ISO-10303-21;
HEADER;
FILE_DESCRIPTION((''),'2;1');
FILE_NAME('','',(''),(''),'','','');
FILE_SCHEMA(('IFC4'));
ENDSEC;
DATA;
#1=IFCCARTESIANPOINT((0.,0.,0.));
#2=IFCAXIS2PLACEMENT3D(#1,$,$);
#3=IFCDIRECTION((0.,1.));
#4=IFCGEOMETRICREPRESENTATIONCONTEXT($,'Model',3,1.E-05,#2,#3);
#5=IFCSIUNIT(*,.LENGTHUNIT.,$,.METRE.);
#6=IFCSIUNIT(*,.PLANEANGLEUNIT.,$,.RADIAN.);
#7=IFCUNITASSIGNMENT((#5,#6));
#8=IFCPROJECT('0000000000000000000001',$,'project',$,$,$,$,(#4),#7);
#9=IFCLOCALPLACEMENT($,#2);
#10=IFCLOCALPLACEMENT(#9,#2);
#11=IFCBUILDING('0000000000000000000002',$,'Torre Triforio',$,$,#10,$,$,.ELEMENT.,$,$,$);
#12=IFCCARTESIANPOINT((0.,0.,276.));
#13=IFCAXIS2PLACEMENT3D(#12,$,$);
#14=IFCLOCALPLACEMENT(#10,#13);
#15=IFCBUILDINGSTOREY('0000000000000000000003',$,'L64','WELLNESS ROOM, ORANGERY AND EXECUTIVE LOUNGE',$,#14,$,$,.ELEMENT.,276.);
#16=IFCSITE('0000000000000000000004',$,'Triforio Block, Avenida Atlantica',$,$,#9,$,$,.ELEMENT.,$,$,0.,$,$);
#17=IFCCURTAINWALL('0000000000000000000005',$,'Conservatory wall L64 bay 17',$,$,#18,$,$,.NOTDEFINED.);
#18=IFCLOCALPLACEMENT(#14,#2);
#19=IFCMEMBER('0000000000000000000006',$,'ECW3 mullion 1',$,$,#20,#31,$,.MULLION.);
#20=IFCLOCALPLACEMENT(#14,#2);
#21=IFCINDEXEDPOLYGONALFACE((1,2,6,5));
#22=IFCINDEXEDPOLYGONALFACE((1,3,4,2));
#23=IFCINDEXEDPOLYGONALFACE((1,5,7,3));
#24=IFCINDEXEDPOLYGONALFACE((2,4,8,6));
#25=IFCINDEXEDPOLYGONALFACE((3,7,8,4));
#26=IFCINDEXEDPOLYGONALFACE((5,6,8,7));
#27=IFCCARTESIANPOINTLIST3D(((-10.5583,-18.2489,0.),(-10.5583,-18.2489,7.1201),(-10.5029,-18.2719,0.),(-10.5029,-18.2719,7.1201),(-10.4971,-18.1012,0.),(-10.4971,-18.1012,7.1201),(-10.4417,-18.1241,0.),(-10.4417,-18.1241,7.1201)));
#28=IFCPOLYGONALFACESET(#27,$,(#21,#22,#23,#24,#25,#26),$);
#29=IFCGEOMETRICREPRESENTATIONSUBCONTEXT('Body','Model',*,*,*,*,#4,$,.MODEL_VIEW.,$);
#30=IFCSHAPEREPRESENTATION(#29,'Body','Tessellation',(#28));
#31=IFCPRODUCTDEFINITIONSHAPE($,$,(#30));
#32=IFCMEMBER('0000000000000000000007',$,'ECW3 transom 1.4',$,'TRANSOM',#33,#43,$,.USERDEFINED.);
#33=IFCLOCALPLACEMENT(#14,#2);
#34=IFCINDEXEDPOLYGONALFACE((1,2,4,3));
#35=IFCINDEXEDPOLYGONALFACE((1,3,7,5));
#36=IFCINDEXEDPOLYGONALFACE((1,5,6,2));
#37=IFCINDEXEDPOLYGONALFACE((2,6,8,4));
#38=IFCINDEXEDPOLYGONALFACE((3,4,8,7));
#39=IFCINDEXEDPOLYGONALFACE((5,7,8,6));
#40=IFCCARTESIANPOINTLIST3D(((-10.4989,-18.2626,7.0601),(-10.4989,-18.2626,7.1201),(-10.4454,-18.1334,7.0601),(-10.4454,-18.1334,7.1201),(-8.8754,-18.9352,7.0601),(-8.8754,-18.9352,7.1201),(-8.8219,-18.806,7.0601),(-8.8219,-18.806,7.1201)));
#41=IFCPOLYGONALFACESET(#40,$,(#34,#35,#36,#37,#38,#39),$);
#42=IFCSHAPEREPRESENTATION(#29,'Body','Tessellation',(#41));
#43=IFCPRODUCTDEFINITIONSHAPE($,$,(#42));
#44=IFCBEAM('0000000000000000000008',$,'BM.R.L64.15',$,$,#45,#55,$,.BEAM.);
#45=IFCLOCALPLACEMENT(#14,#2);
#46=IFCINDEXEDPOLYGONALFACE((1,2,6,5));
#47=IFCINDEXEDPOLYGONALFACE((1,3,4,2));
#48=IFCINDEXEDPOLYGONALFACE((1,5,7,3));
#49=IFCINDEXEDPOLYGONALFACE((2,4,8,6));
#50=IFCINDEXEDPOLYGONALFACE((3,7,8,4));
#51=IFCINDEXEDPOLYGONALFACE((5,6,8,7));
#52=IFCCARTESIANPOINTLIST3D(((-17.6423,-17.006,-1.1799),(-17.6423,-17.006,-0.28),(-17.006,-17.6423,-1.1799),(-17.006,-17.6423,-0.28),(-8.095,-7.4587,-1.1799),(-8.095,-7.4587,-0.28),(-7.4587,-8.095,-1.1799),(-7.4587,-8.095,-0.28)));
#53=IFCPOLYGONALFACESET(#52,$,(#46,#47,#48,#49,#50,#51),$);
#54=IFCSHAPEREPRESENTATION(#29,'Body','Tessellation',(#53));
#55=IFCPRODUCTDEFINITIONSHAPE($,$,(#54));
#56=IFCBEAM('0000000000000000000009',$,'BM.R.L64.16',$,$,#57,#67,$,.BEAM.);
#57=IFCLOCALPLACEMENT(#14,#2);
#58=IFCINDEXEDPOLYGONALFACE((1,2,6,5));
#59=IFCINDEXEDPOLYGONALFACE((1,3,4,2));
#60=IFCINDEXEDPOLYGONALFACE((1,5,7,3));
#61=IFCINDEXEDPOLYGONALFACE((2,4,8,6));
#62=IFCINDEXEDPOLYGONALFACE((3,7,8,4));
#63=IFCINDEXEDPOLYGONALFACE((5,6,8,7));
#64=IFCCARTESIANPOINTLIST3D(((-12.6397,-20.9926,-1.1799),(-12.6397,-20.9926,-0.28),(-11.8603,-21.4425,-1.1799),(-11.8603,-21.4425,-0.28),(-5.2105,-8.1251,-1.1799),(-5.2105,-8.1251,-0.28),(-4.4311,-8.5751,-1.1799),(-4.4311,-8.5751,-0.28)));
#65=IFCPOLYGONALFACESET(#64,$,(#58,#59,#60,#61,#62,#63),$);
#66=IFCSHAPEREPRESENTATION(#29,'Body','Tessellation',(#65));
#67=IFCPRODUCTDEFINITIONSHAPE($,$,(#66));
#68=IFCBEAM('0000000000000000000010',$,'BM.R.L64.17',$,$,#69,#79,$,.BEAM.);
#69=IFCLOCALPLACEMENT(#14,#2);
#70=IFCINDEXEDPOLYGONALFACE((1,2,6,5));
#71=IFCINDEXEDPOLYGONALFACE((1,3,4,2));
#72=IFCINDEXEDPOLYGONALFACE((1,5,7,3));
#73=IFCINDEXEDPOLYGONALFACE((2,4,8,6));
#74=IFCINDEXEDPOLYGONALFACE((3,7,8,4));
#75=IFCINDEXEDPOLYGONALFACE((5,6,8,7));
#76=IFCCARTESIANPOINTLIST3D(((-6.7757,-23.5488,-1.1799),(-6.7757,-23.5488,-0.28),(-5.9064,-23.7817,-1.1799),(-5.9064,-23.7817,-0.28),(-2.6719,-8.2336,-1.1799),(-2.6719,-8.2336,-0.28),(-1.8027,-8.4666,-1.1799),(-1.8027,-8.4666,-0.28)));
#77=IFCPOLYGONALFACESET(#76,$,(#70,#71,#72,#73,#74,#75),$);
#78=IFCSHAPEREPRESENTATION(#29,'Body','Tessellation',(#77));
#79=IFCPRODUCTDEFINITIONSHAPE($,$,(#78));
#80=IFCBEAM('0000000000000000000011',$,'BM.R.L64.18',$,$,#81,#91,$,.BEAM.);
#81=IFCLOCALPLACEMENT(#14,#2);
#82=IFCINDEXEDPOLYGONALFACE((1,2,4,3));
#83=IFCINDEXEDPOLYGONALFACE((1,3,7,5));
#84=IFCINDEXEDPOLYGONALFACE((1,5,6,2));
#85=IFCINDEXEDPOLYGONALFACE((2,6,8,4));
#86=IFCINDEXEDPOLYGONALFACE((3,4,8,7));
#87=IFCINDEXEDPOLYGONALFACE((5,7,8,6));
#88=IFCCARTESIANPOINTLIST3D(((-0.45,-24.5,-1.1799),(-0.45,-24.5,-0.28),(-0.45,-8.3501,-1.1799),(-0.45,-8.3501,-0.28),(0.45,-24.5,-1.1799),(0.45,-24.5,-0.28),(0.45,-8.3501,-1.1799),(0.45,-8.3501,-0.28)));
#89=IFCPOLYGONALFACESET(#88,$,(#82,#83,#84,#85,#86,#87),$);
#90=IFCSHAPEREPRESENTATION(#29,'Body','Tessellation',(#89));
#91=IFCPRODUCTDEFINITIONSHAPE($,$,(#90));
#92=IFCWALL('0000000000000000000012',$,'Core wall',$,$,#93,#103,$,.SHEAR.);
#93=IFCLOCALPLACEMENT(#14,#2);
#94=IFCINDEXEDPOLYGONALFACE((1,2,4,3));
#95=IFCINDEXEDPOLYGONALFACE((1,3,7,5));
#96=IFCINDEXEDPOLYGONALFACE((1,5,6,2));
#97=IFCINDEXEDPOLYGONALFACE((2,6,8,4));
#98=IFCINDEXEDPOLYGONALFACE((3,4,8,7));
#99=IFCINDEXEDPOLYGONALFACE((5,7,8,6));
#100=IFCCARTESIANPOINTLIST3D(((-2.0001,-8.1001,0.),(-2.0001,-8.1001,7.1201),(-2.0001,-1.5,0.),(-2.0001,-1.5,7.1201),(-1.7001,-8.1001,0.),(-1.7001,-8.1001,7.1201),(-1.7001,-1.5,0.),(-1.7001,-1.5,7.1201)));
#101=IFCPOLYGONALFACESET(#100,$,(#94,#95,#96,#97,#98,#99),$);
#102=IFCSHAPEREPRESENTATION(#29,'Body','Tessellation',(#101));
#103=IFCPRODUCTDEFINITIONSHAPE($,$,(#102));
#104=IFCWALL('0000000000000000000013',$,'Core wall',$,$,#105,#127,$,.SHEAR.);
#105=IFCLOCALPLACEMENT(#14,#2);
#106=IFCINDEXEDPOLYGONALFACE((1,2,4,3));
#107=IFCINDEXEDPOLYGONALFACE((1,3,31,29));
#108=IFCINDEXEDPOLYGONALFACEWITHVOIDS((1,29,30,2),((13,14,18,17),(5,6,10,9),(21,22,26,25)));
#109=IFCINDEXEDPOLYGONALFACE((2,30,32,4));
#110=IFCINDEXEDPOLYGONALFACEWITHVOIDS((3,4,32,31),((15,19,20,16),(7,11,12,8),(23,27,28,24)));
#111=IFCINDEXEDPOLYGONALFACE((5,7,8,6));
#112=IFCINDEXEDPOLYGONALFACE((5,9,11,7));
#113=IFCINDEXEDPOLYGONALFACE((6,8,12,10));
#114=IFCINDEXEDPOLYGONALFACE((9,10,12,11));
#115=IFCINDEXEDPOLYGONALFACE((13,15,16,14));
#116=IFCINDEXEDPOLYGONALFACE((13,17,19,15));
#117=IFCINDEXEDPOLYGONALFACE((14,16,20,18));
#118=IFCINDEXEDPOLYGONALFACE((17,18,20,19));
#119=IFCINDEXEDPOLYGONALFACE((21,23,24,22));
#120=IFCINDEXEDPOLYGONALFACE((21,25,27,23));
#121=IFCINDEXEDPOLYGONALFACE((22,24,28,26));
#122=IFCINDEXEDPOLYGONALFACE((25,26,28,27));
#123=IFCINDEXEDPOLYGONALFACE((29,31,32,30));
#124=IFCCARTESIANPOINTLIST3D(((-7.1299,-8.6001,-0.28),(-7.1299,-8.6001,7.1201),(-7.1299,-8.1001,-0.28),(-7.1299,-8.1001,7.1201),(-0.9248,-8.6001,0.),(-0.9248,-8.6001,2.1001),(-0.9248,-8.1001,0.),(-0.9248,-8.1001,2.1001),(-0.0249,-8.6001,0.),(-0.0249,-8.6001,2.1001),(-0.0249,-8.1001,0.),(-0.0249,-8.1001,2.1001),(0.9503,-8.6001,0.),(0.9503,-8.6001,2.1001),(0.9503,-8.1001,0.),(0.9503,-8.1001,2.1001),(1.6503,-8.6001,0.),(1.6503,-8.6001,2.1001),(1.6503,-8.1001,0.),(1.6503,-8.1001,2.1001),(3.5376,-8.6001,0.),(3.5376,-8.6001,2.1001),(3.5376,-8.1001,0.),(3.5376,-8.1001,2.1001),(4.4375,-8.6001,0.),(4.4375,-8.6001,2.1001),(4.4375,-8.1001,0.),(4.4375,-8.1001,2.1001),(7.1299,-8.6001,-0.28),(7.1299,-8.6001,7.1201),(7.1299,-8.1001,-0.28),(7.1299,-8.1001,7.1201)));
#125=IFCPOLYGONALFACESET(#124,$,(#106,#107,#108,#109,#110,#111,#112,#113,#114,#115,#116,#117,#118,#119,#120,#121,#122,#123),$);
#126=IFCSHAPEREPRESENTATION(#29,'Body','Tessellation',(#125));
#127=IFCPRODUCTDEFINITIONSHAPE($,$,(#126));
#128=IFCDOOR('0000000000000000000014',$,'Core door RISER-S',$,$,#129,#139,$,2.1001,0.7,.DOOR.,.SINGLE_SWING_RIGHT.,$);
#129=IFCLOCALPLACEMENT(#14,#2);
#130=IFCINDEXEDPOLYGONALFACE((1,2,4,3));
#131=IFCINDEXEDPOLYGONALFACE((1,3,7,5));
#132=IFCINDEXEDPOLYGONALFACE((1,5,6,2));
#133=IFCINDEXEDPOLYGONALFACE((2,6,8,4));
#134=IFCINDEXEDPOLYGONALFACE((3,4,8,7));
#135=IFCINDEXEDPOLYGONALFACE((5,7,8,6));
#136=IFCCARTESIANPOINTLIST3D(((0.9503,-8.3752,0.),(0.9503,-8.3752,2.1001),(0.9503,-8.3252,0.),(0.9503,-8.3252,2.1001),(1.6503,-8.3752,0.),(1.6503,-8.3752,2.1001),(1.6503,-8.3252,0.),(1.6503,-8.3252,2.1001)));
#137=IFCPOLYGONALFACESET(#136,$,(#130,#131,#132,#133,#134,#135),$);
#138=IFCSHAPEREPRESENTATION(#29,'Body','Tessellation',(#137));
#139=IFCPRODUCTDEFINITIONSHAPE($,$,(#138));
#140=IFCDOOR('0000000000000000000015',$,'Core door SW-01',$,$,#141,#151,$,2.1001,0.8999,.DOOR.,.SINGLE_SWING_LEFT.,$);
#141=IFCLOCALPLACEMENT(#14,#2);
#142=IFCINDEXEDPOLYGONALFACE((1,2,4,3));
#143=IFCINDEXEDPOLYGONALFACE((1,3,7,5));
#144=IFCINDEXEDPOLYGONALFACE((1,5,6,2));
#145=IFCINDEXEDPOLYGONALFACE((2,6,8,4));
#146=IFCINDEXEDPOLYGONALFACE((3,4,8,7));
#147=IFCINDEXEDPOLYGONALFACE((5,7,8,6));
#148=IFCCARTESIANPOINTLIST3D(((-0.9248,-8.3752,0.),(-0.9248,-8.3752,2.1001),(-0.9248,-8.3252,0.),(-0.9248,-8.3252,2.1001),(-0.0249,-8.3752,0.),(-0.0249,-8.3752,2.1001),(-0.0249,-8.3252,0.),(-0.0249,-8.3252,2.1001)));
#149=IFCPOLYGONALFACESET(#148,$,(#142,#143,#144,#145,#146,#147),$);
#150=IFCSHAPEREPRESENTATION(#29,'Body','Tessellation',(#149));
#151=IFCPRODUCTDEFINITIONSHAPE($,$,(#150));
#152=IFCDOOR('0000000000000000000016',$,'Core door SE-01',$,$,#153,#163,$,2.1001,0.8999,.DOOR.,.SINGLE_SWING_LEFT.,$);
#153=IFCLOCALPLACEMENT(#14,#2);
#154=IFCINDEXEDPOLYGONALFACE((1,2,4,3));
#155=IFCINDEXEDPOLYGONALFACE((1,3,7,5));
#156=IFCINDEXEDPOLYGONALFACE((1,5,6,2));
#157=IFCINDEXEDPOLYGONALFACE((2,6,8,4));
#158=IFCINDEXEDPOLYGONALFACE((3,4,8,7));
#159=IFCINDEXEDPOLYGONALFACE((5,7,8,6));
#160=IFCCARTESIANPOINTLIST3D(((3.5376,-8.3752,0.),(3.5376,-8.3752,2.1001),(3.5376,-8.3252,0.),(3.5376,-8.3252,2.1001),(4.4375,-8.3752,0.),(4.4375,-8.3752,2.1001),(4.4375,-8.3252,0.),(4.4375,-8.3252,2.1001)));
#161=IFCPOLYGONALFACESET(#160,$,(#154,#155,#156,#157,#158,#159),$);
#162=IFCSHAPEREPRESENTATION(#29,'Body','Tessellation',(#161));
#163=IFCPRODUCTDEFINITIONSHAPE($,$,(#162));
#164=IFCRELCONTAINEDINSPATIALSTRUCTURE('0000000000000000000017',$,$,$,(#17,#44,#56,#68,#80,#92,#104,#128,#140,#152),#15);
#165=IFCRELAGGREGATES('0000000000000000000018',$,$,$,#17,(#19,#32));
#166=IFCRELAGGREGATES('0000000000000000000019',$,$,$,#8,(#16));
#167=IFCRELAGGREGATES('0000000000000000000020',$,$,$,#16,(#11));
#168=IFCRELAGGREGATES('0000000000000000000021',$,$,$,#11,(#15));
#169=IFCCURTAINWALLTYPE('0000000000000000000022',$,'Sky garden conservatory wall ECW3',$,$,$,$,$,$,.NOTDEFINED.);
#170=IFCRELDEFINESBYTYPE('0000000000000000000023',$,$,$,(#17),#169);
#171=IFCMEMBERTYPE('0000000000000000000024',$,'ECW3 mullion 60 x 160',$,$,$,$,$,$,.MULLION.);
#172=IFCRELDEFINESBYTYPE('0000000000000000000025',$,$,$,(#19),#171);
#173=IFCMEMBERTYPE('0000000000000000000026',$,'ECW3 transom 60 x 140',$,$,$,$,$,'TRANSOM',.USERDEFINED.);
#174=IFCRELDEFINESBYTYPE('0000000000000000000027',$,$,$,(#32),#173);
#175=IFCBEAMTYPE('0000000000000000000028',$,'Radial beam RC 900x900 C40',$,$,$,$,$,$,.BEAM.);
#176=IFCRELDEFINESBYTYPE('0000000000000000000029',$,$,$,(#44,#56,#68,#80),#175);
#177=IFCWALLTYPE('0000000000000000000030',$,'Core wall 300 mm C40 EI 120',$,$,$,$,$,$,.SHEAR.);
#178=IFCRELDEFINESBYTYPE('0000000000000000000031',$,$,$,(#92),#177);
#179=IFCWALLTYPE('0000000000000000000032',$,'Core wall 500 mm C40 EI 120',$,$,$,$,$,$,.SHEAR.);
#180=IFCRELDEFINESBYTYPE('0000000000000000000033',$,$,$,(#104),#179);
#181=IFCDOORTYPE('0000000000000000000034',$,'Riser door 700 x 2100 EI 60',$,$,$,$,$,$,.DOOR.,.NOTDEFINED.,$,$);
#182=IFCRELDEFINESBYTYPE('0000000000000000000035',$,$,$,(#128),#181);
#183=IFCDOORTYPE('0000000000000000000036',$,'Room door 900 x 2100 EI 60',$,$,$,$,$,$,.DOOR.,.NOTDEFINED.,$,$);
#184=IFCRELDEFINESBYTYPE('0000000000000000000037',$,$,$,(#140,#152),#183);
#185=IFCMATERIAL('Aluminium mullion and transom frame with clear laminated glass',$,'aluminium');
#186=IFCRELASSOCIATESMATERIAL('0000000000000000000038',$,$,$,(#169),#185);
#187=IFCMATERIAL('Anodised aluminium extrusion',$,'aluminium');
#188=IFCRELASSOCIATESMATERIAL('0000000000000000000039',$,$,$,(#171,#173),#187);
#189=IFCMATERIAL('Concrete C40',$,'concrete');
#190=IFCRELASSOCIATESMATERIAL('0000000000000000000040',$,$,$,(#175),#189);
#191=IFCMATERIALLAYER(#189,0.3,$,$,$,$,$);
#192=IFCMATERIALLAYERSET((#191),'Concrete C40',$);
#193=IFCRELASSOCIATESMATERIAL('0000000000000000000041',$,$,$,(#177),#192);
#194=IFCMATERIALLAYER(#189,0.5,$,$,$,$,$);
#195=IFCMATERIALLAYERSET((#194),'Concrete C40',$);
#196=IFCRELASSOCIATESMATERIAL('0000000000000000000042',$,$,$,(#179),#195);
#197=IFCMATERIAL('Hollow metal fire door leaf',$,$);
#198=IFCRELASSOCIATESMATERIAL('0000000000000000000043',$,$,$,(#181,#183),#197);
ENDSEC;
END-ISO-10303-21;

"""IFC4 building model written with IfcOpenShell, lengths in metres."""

from ifc_helpers import new_model, si_unit, direction, frame, frame_2d, origin, origin_2d, place, context, subcontext, project, spatial, rectangle, extrude, material, layer, layer_set, material_profile, profile_set, type_object, element, fill, aggregate, save


model = new_model("IFC4")

# Units and contexts
model_context = context("Model", 3, precision=1e-05, world=origin(), true_north=direction((0.0, 1.0)))
body_context = subcontext(model_context, "Body", "Model", "MODEL_VIEW")
ifc_project = project(units=[si_unit("LENGTHUNIT", "METRE"), si_unit("PLANEANGLEUNIT", "RADIAN")], contexts=[model_context])

# Site, building, storey
site_placement = place(None, origin())
site = spatial("IfcSite", under=ifc_project, at=site_placement, Name="Triforio Block, Avenida Atlantica", CompositionType="ELEMENT", RefElevation=0.0)
building_placement = place(site_placement, origin())
building = spatial("IfcBuilding", under=site, at=building_placement, Name="Torre Triforio", CompositionType="ELEMENT")
storey_placement = place(building_placement, frame((0.0, 0.0, 276.0)))
storey = spatial("IfcBuildingStorey", under=building, at=storey_placement, Name="L64", Description="WELLNESS ROOM, ORANGERY AND EXECUTIVE LOUNGE", CompositionType="ELEMENT", Elevation=276.0)

# Curtain wall, members
ifc_material_1 = material(Name="Aluminium mullion and transom frame with clear laminated glass", Category="aluminium")
curtain_wall_type = type_object("IfcCurtainWallType", Name="Sky garden conservatory wall ECW3", PredefinedType="NOTDEFINED", material=ifc_material_1)
curtain_wall_placement = place(storey_placement, origin())
curtain_wall = element("IfcCurtainWall", 1, at=curtain_wall_placement, inside=storey, type_object=curtain_wall_type, Name="Conservatory wall L64 bay 17", PredefinedType="NOTDEFINED")
ifc_material_2 = material(Name="Anodised aluminium extrusion", Category="aluminium")
ifc_material_profile_1 = material_profile(ifc_material_2, rectangle(XDim=0.1599, YDim=0.0601, at=origin_2d()), Name="ECW3 MULLION 60x160")
ifc_profile_set_1 = profile_set([ifc_material_profile_1], Name="Anodised aluminium extrusion")
member_type_1 = type_object("IfcMemberType", Name="ECW3 mullion 60 x 160", PredefinedType="MULLION", material=ifc_profile_set_1)
member_1_placement = place(storey_placement, frame((-10.5, -18.1865, 0.0), z_axis=(0.0, 0.0, 1.0), x_axis=(0.382675, 0.923883, 0.0)))
member_1 = element("IfcMember", 2, at=member_1_placement, type_object=member_type_1, Name="ECW3 mullion 1", PredefinedType="MULLION", context=body_context, shape_type="SweptSolid", body=[
    extrude(rectangle(XDim=0.1599, YDim=0.0601, at=origin_2d()), origin(), (0.0, 0.0, 1.0), 7.1201),
])
ifc_material_profile_2 = material_profile(ifc_material_2, rectangle(XDim=0.1399, YDim=0.0601, at=origin_2d()), Name="ECW3 TRANSOM 60x140")
ifc_profile_set_2 = profile_set([ifc_material_profile_2], Name="Anodised aluminium extrusion")
member_type_2 = type_object("IfcMemberType", Name="ECW3 transom 60 x 140", ElementType="TRANSOM", PredefinedType="USERDEFINED", material=ifc_profile_set_2)
member_2_placement = place(storey_placement, frame((-10.4722, -18.198, 7.0901), z_axis=(0.923856, -0.38274, 0.0), x_axis=(0.38274, 0.923856, 0.0)))
member_2 = element("IfcMember", 3, at=member_2_placement, type_object=member_type_2, Name="ECW3 transom 1.4", ObjectType="TRANSOM", PredefinedType="USERDEFINED", context=body_context, shape_type="SweptSolid", body=[
    extrude(rectangle(XDim=0.1399, YDim=0.0601, at=origin_2d()), origin(), (0.0, 0.0, 1.0), 1.7573),
])
aggregate(curtain_wall, [member_1, member_2])

# Beams
ifc_material_3 = material(Name="Concrete C40", Category="concrete")
ifc_material_profile_3 = material_profile(ifc_material_3, rectangle(XDim=0.8999, YDim=0.8999, at=origin_2d()), Name="RC 900x900")
ifc_profile_set_3 = profile_set([ifc_material_profile_3], Name="Concrete C40")
beam_type = type_object("IfcBeamType", Name="Radial beam RC 900x900 C40", PredefinedType="BEAM", material=ifc_profile_set_3)
beam_1_placement = place(storey_placement, frame((-7.7769, -7.7769, -0.73), z_axis=(-0.707107, -0.707107, 0.0), x_axis=(0.707107, -0.707107, 0.0)))
element("IfcBeam", 4, at=beam_1_placement, inside=storey, type_object=beam_type, Name="BM.R.L64.15", PredefinedType="BEAM", context=body_context, shape_type="SweptSolid", body=[
    extrude(rectangle(XDim=0.8999, YDim=0.8999, at=origin_2d()), origin(), (0.0, 0.0, 1.0), 13.502),
])
beam_2_placement = place(storey_placement, frame((-4.8208, -8.3501, -0.73), z_axis=(-0.500009, -0.86602, 0.0), x_axis=(0.86602, -0.500009, 0.0)))
element("IfcBeam", 5, at=beam_2_placement, inside=storey, type_object=beam_type, Name="BM.R.L64.16", PredefinedType="BEAM", context=body_context, shape_type="SweptSolid", body=[
    extrude(rectangle(XDim=0.8999, YDim=0.8999, at=origin_2d()), origin(), (0.0, 0.0, 1.0), 14.8582),
])
beam_3_placement = place(storey_placement, frame((-2.2373, -8.3501, -0.73), z_axis=(-0.258823, -0.965925, 0.0), x_axis=(0.965925, -0.258823, 0.0)))
element("IfcBeam", 6, at=beam_3_placement, inside=storey, type_object=beam_type, Name="BM.R.L64.17", PredefinedType="BEAM", context=body_context, shape_type="SweptSolid", body=[
    extrude(rectangle(XDim=0.8999, YDim=0.8999, at=origin_2d()), origin(), (0.0, 0.0, 1.0), 15.8555),
])
beam_4_placement = place(storey_placement, frame((0.0, -8.3501, -0.73), z_axis=(0.0, -1.0, 0.0), x_axis=(1.0, 0.0, 0.0)))
element("IfcBeam", 7, at=beam_4_placement, inside=storey, type_object=beam_type, Name="BM.R.L64.18", PredefinedType="BEAM", context=body_context, shape_type="SweptSolid", body=[
    extrude(rectangle(XDim=0.8999, YDim=0.8999, at=origin_2d()), origin(), (0.0, 0.0, 1.0), 16.1499),
])

# Wall
ifc_layer_1 = layer(ifc_material_3, 0.3)
ifc_layer_set_1 = layer_set([ifc_layer_1], Name="Concrete C40")
wall_type_1 = type_object("IfcWallType", Name="Core wall 300 mm C40 EI 120", PredefinedType="SHEAR", material=ifc_layer_set_1)
wall_1_placement = place(storey_placement, frame((-1.8501, -8.1001, 0.0), z_axis=(0.0, 0.0, 1.0), x_axis=(0.0, 1.0, 0.0)))
element("IfcWall", 8, at=wall_1_placement, inside=storey, type_object=wall_type_1, Name="Core wall", PredefinedType="SHEAR", context=body_context, shape_type="SweptSolid", body=[
    extrude(rectangle(XDim=6.6001, YDim=0.3, at=frame_2d((3.3, 0.0))), origin(), (0.0, 0.0, 1.0), 7.1201),
])

# Wall, openings, doors
ifc_layer_2 = layer(ifc_material_3, 0.5)
ifc_layer_set_2 = layer_set([ifc_layer_2], Name="Concrete C40")
wall_type_2 = type_object("IfcWallType", Name="Core wall 500 mm C40 EI 120", PredefinedType="SHEAR", material=ifc_layer_set_2)
wall_2_placement = place(storey_placement, frame((-7.1299, -8.3501, -0.28), z_axis=(0.0, 0.0, 1.0), x_axis=(1.0, 0.0, 0.0)))
wall_2 = element("IfcWall", 9, at=wall_2_placement, inside=storey, type_object=wall_type_2, Name="Core wall", PredefinedType="SHEAR", context=body_context, shape_type="SweptSolid", body=[
    extrude(rectangle(XDim=14.2598, YDim=0.5, at=frame_2d((7.1299, 0.0))), origin(), (0.0, 0.0, 1.0), 7.4001),
])
opening_1_placement = place(wall_2_placement, frame((8.0801, 0.0, 0.28)))
opening_1 = element("IfcOpeningElement", 10, at=opening_1_placement, cuts=wall_2, PredefinedType="OPENING", context=body_context, shape_type="SweptSolid", body=[
    extrude(rectangle(XDim=0.7, YDim=2.1001, at=frame_2d((0.3501, 1.05))), frame((0.0, 0.26, 0.0), z_axis=(0.0, -1.0, 0.0), x_axis=(1.0, 0.0, 0.0)), (0.0, 0.0, 1.0), 0.52),
])
opening_2_placement = place(wall_2_placement, frame((6.2051, 0.0, 0.28)))
opening_2 = element("IfcOpeningElement", 11, at=opening_2_placement, cuts=wall_2, PredefinedType="OPENING", context=body_context, shape_type="SweptSolid", body=[
    extrude(rectangle(XDim=0.8999, YDim=2.1001, at=frame_2d((0.45, 1.05))), frame((0.0, 0.26, 0.0), z_axis=(0.0, -1.0, 0.0), x_axis=(1.0, 0.0, 0.0)), (0.0, 0.0, 1.0), 0.52),
])
opening_3_placement = place(wall_2_placement, frame((10.6675, 0.0, 0.28)))
opening_3 = element("IfcOpeningElement", 12, at=opening_3_placement, cuts=wall_2, PredefinedType="OPENING", context=body_context, shape_type="SweptSolid", body=[
    extrude(rectangle(XDim=0.8999, YDim=2.1001, at=frame_2d((0.45, 1.05))), frame((0.0, 0.26, 0.0), z_axis=(0.0, -1.0, 0.0), x_axis=(1.0, 0.0, 0.0)), (0.0, 0.0, 1.0), 0.52),
])
ifc_material_4 = material(Name="Hollow metal fire door leaf")
door_type_1 = type_object("IfcDoorType", Name="Riser door 700 x 2100 EI 60", OperationType="NOTDEFINED", PredefinedType="DOOR", material=ifc_material_4)
door_1_placement = place(opening_1_placement, origin())
door_1 = element("IfcDoor", 13, at=door_1_placement, inside=storey, type_object=door_type_1, Name="Core door RISER-S", OperationType="SINGLE_SWING_RIGHT", OverallHeight=2.1001, OverallWidth=0.7, PredefinedType="DOOR", context=body_context, shape_type="SweptSolid", body=[
    extrude(rectangle(XDim=0.7, YDim=2.1001, at=frame_2d((0.3501, 1.05))), frame((0.0, 0.0249, 0.0), z_axis=(0.0, -1.0, 0.0), x_axis=(1.0, 0.0, 0.0)), (0.0, 0.0, 1.0), 0.05),
])
fill(opening_1, door_1)
door_type_2 = type_object("IfcDoorType", Name="Room door 900 x 2100 EI 60", OperationType="NOTDEFINED", PredefinedType="DOOR", material=ifc_material_4)
door_2_placement = place(opening_2_placement, origin())
door_2 = element("IfcDoor", 14, at=door_2_placement, inside=storey, type_object=door_type_2, Name="Core door SW-01", OperationType="SINGLE_SWING_LEFT", OverallHeight=2.1001, OverallWidth=0.8999, PredefinedType="DOOR", context=body_context, shape_type="SweptSolid", body=[
    extrude(rectangle(XDim=0.8999, YDim=2.1001, at=frame_2d((0.45, 1.05))), frame((0.0, 0.0249, 0.0), z_axis=(0.0, -1.0, 0.0), x_axis=(1.0, 0.0, 0.0)), (0.0, 0.0, 1.0), 0.05),
])
fill(opening_2, door_2)
door_3_placement = place(opening_3_placement, origin())
door_3 = element("IfcDoor", 15, at=door_3_placement, inside=storey, type_object=door_type_2, Name="Core door SE-01", OperationType="SINGLE_SWING_LEFT", OverallHeight=2.1001, OverallWidth=0.8999, PredefinedType="DOOR", context=body_context, shape_type="SweptSolid", body=[
    extrude(rectangle(XDim=0.8999, YDim=2.1001, at=frame_2d((0.45, 1.05))), frame((0.0, 0.0249, 0.0), z_axis=(0.0, -1.0, 0.0), x_axis=(1.0, 0.0, 0.0)), (0.0, 0.0, 1.0), 0.05),
])
fill(opening_3, door_3)

save(model, "model.ifc")
